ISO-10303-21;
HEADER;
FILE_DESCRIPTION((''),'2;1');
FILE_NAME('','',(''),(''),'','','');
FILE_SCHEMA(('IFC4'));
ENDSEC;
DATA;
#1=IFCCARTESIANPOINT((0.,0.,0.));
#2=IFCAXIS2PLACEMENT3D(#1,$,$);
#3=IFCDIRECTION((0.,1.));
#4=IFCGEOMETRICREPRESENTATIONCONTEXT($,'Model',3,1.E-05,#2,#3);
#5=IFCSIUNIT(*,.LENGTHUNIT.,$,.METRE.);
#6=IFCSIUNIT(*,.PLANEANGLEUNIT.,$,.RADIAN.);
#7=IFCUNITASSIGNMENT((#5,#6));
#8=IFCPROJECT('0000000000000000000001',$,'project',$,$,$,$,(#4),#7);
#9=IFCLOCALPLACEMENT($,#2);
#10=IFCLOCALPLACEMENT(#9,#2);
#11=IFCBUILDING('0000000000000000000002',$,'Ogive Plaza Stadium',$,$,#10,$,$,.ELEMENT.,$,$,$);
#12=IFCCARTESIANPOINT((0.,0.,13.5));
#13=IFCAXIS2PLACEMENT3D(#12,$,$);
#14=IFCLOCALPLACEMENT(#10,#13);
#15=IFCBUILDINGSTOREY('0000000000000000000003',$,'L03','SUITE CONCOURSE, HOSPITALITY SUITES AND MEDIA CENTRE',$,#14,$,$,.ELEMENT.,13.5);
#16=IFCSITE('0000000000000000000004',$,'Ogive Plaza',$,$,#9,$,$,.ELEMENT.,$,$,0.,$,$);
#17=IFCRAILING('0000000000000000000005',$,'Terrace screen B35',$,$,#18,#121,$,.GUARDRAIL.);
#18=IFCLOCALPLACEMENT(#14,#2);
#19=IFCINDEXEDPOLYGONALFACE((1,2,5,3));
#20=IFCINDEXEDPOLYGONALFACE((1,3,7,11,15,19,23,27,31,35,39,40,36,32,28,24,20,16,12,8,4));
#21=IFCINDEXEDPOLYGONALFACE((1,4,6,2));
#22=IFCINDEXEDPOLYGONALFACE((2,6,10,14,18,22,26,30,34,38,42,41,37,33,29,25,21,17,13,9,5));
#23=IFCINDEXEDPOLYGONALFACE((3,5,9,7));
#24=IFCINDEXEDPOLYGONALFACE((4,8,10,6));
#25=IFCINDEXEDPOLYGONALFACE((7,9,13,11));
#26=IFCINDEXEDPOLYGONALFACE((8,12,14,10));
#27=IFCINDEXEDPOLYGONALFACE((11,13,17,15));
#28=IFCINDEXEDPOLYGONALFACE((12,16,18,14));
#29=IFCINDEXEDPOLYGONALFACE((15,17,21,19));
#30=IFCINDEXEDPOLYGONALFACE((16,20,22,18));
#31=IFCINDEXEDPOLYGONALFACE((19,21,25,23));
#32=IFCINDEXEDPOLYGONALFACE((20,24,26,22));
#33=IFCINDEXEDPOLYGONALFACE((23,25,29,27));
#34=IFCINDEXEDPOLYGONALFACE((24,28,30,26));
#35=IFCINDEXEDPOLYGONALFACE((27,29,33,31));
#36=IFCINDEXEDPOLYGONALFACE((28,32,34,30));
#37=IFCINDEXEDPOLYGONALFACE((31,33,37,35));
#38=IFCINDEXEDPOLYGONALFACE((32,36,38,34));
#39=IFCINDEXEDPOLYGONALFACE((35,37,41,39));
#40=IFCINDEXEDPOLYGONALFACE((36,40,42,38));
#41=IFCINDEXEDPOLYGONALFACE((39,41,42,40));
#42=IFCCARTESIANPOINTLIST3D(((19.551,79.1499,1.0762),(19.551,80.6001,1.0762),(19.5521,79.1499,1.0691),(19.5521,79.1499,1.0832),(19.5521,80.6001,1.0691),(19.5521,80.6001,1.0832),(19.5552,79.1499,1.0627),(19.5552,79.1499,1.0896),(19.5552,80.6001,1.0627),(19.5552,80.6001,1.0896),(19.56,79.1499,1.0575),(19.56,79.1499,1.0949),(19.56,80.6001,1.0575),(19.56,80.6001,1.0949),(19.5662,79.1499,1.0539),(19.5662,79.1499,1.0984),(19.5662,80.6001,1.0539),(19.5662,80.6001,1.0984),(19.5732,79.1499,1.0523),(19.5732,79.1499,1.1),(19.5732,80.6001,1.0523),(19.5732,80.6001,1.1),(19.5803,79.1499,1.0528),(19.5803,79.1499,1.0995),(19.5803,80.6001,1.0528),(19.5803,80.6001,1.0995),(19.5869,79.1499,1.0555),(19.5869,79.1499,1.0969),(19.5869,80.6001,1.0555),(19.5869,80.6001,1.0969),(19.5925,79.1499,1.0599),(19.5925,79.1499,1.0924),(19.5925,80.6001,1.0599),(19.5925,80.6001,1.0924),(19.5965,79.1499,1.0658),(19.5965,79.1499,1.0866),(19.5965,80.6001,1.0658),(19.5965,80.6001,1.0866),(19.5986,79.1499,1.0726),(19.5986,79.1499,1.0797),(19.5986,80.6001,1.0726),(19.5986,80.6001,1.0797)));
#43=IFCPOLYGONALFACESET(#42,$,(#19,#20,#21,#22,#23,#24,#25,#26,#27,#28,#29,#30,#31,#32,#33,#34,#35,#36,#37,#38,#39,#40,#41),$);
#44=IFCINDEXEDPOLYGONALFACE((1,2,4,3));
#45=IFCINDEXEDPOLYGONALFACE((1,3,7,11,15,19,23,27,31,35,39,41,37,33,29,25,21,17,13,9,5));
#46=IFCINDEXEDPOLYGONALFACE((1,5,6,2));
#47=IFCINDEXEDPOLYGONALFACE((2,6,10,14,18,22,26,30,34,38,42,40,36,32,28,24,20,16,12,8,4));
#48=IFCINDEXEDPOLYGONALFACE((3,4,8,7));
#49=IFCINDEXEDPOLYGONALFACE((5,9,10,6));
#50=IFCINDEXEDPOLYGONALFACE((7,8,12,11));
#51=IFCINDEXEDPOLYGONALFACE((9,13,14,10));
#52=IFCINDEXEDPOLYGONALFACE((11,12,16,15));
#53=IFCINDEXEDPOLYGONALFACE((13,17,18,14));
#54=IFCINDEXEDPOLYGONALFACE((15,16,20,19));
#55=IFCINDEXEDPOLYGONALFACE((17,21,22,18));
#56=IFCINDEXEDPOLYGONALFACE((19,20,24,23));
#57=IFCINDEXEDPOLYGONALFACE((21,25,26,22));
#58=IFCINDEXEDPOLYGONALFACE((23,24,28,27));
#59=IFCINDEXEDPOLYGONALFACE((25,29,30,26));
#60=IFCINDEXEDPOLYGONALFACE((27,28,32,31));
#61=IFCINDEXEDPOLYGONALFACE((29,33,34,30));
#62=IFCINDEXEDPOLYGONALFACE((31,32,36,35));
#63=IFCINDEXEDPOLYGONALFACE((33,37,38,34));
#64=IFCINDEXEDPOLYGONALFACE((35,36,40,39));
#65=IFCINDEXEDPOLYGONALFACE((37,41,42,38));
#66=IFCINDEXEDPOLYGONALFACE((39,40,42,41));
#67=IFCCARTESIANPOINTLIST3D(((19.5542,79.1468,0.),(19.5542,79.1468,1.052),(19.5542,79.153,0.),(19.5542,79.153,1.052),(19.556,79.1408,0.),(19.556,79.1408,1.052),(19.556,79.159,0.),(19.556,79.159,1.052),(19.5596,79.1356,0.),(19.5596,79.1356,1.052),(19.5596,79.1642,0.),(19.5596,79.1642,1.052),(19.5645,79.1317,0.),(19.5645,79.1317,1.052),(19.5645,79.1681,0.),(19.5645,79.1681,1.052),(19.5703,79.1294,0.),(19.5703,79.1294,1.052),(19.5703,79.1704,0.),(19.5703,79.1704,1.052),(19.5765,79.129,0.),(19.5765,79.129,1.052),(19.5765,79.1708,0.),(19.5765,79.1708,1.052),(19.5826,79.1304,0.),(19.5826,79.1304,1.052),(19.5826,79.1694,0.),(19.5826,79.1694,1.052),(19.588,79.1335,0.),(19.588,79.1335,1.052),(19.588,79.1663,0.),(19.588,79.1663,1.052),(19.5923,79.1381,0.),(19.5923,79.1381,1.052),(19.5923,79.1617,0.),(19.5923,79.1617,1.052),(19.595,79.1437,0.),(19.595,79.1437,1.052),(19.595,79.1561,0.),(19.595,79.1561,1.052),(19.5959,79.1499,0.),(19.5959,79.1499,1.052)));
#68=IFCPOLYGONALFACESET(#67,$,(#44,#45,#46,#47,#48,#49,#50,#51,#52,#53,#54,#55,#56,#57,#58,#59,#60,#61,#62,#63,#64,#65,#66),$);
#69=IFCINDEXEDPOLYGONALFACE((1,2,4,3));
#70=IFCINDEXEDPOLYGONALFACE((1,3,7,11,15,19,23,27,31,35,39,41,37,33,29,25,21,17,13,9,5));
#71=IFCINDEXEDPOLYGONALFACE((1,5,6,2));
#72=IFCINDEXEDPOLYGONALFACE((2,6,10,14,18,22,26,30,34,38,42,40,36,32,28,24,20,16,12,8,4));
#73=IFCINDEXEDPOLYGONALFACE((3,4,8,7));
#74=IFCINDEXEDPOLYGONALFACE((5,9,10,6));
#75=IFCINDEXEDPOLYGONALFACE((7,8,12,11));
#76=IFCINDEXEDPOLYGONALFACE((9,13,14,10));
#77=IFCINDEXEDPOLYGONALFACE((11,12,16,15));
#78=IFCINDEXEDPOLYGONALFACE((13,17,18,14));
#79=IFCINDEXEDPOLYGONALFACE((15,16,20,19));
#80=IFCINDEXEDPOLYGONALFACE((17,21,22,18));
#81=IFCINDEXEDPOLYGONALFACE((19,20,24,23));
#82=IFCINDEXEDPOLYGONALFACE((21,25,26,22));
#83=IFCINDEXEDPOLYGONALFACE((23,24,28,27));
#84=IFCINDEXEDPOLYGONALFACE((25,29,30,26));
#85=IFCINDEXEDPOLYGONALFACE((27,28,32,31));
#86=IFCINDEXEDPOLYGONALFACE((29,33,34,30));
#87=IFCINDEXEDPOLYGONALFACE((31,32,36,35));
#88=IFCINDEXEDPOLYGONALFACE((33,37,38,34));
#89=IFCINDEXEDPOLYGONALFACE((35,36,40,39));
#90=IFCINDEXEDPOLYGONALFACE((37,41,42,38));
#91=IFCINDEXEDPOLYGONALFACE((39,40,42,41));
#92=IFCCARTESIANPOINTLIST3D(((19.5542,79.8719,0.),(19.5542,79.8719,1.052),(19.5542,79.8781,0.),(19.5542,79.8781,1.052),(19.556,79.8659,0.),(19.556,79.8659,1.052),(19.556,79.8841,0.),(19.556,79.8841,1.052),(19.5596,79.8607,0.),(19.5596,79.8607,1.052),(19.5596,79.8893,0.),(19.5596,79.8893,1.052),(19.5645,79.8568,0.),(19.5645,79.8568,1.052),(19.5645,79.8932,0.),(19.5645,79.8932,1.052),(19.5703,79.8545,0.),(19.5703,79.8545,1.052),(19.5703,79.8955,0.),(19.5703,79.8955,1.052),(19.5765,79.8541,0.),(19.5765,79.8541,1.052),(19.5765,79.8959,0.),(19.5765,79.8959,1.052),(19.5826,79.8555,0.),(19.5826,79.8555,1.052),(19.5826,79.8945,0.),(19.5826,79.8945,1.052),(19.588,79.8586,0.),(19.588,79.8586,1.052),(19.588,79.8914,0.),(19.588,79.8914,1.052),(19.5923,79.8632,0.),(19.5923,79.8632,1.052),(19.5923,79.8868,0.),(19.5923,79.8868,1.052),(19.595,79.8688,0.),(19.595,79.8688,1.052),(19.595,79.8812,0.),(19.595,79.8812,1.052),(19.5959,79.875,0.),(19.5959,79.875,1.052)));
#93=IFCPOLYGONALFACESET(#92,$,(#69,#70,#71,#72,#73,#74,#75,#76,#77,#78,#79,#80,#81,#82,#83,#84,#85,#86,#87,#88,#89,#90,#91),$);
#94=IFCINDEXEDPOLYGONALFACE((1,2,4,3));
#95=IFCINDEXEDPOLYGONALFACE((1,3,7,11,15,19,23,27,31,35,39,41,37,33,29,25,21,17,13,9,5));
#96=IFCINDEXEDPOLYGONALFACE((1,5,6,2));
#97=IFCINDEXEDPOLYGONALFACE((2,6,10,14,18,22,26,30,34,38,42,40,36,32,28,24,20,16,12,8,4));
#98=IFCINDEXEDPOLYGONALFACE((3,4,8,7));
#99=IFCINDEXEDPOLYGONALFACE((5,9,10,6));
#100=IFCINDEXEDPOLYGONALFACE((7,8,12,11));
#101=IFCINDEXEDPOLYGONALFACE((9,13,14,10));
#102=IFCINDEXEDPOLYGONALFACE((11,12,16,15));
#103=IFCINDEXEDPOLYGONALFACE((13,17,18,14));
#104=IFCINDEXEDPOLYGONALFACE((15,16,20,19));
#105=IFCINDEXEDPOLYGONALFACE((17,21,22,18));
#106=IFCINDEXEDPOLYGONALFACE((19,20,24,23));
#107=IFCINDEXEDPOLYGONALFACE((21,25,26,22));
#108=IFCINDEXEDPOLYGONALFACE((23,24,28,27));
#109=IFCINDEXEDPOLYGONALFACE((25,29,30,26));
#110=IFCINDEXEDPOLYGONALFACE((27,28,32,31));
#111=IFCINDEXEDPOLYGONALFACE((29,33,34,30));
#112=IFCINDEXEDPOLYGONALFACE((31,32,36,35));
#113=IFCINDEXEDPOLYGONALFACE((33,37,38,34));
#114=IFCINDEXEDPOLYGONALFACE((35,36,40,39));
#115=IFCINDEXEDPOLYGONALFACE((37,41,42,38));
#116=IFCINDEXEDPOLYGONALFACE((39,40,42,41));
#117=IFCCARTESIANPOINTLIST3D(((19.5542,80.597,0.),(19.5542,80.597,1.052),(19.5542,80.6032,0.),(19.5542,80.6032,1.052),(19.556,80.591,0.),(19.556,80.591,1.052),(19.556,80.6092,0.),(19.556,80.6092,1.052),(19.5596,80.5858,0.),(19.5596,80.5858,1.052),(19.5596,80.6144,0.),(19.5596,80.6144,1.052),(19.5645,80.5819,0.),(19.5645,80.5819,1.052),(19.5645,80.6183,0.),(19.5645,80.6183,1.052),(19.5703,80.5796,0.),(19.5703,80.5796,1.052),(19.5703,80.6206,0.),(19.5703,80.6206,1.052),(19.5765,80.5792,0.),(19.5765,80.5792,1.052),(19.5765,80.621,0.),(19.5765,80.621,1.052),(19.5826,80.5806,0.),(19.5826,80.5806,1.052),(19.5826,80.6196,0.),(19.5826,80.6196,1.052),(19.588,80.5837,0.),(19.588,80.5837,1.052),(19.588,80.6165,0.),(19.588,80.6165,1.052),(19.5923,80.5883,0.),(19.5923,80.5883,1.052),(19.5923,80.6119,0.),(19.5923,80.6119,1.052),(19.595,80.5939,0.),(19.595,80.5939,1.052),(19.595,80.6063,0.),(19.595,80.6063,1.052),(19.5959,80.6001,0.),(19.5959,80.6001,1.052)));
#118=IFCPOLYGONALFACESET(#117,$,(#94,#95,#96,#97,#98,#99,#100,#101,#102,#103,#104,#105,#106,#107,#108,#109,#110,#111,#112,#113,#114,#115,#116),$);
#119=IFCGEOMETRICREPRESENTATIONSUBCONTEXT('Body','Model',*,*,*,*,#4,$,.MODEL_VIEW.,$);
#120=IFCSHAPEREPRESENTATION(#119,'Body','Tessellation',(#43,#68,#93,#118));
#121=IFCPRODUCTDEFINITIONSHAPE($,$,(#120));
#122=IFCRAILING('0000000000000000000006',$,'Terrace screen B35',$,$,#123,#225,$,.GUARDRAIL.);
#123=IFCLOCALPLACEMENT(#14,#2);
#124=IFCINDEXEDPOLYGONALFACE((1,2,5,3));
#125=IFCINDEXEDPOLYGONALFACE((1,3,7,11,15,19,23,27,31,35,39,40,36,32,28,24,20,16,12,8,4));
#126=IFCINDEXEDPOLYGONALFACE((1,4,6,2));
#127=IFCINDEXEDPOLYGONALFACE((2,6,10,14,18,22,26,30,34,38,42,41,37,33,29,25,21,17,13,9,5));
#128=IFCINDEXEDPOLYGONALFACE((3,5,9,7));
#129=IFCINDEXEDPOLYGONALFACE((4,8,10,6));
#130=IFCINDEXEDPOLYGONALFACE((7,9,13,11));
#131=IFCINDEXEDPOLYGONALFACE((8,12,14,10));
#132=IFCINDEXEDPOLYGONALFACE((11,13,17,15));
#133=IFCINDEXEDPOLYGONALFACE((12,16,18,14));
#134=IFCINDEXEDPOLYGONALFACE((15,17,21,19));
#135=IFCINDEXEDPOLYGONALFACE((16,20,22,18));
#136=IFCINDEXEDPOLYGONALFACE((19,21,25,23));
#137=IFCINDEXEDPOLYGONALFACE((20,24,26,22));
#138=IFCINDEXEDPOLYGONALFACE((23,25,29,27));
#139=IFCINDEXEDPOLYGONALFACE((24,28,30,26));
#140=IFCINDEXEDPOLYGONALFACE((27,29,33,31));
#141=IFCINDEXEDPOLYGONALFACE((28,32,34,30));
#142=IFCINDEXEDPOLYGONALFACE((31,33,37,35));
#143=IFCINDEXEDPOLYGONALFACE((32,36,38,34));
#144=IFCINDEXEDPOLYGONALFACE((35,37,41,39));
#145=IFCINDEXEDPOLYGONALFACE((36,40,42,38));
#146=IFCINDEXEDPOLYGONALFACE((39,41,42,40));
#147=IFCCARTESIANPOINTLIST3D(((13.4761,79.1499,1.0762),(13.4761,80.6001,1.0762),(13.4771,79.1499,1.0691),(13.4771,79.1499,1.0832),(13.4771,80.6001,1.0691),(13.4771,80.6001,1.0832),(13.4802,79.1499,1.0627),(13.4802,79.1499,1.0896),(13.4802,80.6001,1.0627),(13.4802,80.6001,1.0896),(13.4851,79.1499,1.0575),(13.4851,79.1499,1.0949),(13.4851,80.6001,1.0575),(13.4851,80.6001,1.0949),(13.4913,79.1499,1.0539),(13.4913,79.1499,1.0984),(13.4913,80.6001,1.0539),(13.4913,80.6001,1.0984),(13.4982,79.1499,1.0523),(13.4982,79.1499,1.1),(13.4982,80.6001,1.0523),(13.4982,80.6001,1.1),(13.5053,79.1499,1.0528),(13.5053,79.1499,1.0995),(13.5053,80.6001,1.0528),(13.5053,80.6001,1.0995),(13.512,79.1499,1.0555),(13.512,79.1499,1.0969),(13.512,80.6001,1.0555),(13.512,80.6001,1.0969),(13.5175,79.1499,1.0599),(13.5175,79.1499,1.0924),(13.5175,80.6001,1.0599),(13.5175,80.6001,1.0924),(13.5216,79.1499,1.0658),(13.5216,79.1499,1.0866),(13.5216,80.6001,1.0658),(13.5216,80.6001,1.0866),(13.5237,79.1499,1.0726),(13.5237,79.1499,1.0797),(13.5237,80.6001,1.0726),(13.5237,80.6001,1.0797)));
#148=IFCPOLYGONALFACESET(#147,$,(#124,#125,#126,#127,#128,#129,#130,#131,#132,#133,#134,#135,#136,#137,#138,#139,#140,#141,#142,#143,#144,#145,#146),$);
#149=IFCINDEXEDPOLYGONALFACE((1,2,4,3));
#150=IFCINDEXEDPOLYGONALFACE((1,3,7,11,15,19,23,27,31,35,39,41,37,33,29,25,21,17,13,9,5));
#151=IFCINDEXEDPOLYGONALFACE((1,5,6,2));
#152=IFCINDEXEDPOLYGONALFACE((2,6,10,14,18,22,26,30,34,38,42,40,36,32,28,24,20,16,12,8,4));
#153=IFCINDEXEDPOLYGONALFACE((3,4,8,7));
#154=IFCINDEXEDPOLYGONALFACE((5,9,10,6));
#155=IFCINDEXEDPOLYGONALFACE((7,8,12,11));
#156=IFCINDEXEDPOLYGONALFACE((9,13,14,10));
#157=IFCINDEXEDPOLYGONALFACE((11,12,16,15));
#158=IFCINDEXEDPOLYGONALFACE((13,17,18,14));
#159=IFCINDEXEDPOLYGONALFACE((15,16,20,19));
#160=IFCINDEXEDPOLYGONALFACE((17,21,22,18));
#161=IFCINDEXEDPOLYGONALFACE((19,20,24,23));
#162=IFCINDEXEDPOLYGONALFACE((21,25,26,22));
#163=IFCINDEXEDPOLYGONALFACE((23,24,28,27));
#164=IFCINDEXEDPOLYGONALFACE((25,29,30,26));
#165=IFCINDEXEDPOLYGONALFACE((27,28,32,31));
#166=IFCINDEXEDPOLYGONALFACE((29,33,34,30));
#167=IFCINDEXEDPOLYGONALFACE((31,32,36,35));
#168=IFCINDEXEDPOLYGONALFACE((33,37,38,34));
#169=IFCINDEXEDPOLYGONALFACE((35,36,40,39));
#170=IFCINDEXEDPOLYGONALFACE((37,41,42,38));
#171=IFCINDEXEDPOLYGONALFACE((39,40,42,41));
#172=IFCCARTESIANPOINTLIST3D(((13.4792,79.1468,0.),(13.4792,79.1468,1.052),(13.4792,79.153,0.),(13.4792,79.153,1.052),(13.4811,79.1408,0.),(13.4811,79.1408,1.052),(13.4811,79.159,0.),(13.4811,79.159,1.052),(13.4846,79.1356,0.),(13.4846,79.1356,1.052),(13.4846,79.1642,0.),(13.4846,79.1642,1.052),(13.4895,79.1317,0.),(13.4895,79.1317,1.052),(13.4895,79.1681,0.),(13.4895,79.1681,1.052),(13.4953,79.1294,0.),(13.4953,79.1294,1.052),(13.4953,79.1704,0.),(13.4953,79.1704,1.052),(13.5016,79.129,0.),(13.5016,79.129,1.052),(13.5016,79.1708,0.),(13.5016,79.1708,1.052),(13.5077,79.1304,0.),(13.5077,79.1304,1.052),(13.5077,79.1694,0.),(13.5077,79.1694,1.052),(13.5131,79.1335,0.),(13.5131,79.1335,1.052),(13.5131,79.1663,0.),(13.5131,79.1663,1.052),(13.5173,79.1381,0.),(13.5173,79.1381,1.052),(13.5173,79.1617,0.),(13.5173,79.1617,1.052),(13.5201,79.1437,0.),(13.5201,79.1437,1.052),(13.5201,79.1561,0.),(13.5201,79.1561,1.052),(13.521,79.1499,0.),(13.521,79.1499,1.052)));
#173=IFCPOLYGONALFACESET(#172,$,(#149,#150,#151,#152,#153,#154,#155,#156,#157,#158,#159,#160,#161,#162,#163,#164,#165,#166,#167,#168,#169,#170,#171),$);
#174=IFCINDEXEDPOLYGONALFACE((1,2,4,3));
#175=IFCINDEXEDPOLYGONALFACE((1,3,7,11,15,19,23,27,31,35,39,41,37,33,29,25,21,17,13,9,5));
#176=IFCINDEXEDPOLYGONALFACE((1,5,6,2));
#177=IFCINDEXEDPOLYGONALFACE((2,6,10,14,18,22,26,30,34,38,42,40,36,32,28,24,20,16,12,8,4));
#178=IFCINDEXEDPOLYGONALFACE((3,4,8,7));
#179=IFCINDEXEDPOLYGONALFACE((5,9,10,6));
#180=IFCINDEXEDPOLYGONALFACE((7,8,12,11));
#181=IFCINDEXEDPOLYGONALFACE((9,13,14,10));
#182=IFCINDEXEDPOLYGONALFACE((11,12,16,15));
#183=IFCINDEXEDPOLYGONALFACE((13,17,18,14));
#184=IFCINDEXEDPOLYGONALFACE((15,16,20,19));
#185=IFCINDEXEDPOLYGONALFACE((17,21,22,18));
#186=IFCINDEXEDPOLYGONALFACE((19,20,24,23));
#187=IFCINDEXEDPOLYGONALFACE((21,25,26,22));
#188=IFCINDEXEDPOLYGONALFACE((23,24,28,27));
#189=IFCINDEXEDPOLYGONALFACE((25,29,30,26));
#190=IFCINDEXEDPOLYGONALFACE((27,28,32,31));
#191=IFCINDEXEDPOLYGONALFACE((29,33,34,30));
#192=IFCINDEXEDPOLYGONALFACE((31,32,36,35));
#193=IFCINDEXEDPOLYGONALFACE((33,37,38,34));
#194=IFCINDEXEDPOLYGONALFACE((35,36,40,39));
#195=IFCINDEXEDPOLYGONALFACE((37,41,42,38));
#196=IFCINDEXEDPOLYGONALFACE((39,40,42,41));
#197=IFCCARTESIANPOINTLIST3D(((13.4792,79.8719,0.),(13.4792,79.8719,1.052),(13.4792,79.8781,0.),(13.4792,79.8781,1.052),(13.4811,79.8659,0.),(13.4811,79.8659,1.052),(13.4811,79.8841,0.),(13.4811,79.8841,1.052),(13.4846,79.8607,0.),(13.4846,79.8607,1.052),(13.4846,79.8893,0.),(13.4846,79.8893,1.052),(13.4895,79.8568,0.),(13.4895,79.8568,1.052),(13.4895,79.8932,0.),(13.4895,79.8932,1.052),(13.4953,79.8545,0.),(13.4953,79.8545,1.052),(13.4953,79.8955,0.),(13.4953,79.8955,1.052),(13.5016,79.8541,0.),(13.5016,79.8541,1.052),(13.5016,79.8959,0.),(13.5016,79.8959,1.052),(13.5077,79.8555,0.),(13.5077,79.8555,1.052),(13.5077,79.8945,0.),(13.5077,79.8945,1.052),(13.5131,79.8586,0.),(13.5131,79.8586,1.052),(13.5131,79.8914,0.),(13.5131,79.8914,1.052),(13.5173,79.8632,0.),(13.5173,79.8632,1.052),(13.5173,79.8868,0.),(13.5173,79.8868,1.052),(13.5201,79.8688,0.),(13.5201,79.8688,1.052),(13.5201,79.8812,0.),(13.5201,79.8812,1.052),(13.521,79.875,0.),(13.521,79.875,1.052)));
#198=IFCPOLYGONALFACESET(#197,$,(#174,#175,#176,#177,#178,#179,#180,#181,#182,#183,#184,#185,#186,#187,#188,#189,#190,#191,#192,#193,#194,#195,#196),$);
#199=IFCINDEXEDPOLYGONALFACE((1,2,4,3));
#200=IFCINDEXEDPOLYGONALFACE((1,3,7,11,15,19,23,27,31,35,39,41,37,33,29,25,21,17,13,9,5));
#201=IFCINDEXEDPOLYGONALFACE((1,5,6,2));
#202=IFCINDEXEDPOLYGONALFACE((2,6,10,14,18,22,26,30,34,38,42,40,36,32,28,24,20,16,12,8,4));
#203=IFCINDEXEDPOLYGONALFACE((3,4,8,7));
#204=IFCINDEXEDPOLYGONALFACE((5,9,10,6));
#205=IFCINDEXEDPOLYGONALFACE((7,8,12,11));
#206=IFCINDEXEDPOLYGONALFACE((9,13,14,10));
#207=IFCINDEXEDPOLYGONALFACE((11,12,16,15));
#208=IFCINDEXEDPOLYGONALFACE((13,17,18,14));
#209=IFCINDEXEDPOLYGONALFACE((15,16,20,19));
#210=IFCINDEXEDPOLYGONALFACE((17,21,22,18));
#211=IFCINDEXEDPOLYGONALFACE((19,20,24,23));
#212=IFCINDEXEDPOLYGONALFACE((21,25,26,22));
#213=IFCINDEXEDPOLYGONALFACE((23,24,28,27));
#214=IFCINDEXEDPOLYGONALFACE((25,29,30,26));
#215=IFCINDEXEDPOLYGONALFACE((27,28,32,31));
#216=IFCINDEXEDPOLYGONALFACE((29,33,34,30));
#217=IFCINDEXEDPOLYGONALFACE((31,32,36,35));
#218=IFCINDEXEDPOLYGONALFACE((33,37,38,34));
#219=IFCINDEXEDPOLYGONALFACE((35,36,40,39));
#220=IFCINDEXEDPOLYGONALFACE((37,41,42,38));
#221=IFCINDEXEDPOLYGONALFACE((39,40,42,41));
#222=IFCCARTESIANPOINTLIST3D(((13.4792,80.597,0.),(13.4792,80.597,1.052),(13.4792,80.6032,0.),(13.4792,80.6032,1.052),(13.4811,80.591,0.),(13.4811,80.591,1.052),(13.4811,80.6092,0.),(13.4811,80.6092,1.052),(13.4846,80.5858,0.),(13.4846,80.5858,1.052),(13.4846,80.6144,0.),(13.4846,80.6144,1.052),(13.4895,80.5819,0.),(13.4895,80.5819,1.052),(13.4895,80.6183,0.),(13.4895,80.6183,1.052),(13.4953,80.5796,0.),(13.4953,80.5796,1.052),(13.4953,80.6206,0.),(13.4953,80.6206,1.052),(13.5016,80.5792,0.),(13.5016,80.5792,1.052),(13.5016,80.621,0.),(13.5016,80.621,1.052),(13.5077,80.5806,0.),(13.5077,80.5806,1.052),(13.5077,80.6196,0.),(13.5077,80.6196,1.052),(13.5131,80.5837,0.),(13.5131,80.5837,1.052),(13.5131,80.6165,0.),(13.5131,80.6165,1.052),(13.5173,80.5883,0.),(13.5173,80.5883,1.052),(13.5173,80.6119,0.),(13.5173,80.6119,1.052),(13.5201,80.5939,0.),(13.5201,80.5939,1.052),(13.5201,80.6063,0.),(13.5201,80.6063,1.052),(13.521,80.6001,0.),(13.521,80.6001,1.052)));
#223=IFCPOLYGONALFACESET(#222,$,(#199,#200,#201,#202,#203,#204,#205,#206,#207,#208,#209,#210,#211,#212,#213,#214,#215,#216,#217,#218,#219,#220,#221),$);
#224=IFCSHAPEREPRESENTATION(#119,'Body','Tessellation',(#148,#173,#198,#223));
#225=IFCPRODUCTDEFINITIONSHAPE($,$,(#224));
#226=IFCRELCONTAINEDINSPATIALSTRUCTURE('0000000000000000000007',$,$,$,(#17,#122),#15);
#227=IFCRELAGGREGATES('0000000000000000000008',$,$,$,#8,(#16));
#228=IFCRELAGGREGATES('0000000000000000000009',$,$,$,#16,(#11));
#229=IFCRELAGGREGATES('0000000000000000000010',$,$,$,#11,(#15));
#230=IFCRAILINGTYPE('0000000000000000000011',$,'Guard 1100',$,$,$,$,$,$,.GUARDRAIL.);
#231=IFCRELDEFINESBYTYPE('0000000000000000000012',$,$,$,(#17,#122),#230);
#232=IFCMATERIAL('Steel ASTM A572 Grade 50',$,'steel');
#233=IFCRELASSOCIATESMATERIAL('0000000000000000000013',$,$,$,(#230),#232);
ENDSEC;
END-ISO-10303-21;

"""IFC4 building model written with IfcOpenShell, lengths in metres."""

from ifc_helpers import new_model, si_unit, direction, frame, origin, origin_2d, place, context, subcontext, project, spatial, circle, extrude, material, type_object, element, save


model = new_model("IFC4")

# Units and contexts
model_context = context("Model", 3, precision=1e-05, world=origin(), true_north=direction((0.0, 1.0)))
body_context = subcontext(model_context, "Body", "Model", "MODEL_VIEW")
ifc_project = project(units=[si_unit("LENGTHUNIT", "METRE"), si_unit("PLANEANGLEUNIT", "RADIAN")], contexts=[model_context])

# Site, building, storey
site_placement = place(None, origin())
site = spatial("IfcSite", under=ifc_project, at=site_placement, Name="Ogive Plaza", CompositionType="ELEMENT", RefElevation=0.0)
building_placement = place(site_placement, origin())
building = spatial("IfcBuilding", under=site, at=building_placement, Name="Ogive Plaza Stadium", CompositionType="ELEMENT")
storey_placement = place(building_placement, frame((0.0, 0.0, 13.5)))
storey = spatial("IfcBuildingStorey", under=building, at=storey_placement, Name="L03", Description="SUITE CONCOURSE, HOSPITALITY SUITES AND MEDIA CENTRE", CompositionType="ELEMENT", Elevation=13.5)

# Railings
ifc_material_1 = material(Name="Steel ASTM A572 Grade 50", Category="steel")
railing_type_1 = type_object("IfcRailingType", Name="Guard 1100", PredefinedType="GUARDRAIL", material=ifc_material_1)
for number, where, name in (
    (1, (19.575, 79.1499, 0.0), "Terrace screen B35"),
    (2, (13.5, 79.1499, 0.0), "Terrace screen B35"),
):
    element("IfcRailing", number, at=place(storey_placement, frame(where)), inside=storey, type_object=railing_type_1, Name=name, PredefinedType="GUARDRAIL", context=body_context, shape_type="SweptSolid", body=[
        extrude(circle(Radius=0.0239, at=origin_2d()), frame((0.0, 0.0, 1.0762), z_axis=(0.0, 1.0, 0.0), x_axis=(-1.0, 0.0, 0.0)), (0.0, 0.0, 1.0), 1.4502),
        extrude(circle(Radius=0.021, at=origin_2d()), origin(), (0.0, 0.0, 1.0), 1.052),
        extrude(circle(Radius=0.021, at=origin_2d()), frame((0.0, 0.7251, 0.0)), (0.0, 0.0, 1.0), 1.052),
        extrude(circle(Radius=0.021, at=origin_2d()), frame((0.0, 1.4502, 0.0)), (0.0, 0.0, 1.0), 1.052),
    ])

save(model, "model.ifc")
